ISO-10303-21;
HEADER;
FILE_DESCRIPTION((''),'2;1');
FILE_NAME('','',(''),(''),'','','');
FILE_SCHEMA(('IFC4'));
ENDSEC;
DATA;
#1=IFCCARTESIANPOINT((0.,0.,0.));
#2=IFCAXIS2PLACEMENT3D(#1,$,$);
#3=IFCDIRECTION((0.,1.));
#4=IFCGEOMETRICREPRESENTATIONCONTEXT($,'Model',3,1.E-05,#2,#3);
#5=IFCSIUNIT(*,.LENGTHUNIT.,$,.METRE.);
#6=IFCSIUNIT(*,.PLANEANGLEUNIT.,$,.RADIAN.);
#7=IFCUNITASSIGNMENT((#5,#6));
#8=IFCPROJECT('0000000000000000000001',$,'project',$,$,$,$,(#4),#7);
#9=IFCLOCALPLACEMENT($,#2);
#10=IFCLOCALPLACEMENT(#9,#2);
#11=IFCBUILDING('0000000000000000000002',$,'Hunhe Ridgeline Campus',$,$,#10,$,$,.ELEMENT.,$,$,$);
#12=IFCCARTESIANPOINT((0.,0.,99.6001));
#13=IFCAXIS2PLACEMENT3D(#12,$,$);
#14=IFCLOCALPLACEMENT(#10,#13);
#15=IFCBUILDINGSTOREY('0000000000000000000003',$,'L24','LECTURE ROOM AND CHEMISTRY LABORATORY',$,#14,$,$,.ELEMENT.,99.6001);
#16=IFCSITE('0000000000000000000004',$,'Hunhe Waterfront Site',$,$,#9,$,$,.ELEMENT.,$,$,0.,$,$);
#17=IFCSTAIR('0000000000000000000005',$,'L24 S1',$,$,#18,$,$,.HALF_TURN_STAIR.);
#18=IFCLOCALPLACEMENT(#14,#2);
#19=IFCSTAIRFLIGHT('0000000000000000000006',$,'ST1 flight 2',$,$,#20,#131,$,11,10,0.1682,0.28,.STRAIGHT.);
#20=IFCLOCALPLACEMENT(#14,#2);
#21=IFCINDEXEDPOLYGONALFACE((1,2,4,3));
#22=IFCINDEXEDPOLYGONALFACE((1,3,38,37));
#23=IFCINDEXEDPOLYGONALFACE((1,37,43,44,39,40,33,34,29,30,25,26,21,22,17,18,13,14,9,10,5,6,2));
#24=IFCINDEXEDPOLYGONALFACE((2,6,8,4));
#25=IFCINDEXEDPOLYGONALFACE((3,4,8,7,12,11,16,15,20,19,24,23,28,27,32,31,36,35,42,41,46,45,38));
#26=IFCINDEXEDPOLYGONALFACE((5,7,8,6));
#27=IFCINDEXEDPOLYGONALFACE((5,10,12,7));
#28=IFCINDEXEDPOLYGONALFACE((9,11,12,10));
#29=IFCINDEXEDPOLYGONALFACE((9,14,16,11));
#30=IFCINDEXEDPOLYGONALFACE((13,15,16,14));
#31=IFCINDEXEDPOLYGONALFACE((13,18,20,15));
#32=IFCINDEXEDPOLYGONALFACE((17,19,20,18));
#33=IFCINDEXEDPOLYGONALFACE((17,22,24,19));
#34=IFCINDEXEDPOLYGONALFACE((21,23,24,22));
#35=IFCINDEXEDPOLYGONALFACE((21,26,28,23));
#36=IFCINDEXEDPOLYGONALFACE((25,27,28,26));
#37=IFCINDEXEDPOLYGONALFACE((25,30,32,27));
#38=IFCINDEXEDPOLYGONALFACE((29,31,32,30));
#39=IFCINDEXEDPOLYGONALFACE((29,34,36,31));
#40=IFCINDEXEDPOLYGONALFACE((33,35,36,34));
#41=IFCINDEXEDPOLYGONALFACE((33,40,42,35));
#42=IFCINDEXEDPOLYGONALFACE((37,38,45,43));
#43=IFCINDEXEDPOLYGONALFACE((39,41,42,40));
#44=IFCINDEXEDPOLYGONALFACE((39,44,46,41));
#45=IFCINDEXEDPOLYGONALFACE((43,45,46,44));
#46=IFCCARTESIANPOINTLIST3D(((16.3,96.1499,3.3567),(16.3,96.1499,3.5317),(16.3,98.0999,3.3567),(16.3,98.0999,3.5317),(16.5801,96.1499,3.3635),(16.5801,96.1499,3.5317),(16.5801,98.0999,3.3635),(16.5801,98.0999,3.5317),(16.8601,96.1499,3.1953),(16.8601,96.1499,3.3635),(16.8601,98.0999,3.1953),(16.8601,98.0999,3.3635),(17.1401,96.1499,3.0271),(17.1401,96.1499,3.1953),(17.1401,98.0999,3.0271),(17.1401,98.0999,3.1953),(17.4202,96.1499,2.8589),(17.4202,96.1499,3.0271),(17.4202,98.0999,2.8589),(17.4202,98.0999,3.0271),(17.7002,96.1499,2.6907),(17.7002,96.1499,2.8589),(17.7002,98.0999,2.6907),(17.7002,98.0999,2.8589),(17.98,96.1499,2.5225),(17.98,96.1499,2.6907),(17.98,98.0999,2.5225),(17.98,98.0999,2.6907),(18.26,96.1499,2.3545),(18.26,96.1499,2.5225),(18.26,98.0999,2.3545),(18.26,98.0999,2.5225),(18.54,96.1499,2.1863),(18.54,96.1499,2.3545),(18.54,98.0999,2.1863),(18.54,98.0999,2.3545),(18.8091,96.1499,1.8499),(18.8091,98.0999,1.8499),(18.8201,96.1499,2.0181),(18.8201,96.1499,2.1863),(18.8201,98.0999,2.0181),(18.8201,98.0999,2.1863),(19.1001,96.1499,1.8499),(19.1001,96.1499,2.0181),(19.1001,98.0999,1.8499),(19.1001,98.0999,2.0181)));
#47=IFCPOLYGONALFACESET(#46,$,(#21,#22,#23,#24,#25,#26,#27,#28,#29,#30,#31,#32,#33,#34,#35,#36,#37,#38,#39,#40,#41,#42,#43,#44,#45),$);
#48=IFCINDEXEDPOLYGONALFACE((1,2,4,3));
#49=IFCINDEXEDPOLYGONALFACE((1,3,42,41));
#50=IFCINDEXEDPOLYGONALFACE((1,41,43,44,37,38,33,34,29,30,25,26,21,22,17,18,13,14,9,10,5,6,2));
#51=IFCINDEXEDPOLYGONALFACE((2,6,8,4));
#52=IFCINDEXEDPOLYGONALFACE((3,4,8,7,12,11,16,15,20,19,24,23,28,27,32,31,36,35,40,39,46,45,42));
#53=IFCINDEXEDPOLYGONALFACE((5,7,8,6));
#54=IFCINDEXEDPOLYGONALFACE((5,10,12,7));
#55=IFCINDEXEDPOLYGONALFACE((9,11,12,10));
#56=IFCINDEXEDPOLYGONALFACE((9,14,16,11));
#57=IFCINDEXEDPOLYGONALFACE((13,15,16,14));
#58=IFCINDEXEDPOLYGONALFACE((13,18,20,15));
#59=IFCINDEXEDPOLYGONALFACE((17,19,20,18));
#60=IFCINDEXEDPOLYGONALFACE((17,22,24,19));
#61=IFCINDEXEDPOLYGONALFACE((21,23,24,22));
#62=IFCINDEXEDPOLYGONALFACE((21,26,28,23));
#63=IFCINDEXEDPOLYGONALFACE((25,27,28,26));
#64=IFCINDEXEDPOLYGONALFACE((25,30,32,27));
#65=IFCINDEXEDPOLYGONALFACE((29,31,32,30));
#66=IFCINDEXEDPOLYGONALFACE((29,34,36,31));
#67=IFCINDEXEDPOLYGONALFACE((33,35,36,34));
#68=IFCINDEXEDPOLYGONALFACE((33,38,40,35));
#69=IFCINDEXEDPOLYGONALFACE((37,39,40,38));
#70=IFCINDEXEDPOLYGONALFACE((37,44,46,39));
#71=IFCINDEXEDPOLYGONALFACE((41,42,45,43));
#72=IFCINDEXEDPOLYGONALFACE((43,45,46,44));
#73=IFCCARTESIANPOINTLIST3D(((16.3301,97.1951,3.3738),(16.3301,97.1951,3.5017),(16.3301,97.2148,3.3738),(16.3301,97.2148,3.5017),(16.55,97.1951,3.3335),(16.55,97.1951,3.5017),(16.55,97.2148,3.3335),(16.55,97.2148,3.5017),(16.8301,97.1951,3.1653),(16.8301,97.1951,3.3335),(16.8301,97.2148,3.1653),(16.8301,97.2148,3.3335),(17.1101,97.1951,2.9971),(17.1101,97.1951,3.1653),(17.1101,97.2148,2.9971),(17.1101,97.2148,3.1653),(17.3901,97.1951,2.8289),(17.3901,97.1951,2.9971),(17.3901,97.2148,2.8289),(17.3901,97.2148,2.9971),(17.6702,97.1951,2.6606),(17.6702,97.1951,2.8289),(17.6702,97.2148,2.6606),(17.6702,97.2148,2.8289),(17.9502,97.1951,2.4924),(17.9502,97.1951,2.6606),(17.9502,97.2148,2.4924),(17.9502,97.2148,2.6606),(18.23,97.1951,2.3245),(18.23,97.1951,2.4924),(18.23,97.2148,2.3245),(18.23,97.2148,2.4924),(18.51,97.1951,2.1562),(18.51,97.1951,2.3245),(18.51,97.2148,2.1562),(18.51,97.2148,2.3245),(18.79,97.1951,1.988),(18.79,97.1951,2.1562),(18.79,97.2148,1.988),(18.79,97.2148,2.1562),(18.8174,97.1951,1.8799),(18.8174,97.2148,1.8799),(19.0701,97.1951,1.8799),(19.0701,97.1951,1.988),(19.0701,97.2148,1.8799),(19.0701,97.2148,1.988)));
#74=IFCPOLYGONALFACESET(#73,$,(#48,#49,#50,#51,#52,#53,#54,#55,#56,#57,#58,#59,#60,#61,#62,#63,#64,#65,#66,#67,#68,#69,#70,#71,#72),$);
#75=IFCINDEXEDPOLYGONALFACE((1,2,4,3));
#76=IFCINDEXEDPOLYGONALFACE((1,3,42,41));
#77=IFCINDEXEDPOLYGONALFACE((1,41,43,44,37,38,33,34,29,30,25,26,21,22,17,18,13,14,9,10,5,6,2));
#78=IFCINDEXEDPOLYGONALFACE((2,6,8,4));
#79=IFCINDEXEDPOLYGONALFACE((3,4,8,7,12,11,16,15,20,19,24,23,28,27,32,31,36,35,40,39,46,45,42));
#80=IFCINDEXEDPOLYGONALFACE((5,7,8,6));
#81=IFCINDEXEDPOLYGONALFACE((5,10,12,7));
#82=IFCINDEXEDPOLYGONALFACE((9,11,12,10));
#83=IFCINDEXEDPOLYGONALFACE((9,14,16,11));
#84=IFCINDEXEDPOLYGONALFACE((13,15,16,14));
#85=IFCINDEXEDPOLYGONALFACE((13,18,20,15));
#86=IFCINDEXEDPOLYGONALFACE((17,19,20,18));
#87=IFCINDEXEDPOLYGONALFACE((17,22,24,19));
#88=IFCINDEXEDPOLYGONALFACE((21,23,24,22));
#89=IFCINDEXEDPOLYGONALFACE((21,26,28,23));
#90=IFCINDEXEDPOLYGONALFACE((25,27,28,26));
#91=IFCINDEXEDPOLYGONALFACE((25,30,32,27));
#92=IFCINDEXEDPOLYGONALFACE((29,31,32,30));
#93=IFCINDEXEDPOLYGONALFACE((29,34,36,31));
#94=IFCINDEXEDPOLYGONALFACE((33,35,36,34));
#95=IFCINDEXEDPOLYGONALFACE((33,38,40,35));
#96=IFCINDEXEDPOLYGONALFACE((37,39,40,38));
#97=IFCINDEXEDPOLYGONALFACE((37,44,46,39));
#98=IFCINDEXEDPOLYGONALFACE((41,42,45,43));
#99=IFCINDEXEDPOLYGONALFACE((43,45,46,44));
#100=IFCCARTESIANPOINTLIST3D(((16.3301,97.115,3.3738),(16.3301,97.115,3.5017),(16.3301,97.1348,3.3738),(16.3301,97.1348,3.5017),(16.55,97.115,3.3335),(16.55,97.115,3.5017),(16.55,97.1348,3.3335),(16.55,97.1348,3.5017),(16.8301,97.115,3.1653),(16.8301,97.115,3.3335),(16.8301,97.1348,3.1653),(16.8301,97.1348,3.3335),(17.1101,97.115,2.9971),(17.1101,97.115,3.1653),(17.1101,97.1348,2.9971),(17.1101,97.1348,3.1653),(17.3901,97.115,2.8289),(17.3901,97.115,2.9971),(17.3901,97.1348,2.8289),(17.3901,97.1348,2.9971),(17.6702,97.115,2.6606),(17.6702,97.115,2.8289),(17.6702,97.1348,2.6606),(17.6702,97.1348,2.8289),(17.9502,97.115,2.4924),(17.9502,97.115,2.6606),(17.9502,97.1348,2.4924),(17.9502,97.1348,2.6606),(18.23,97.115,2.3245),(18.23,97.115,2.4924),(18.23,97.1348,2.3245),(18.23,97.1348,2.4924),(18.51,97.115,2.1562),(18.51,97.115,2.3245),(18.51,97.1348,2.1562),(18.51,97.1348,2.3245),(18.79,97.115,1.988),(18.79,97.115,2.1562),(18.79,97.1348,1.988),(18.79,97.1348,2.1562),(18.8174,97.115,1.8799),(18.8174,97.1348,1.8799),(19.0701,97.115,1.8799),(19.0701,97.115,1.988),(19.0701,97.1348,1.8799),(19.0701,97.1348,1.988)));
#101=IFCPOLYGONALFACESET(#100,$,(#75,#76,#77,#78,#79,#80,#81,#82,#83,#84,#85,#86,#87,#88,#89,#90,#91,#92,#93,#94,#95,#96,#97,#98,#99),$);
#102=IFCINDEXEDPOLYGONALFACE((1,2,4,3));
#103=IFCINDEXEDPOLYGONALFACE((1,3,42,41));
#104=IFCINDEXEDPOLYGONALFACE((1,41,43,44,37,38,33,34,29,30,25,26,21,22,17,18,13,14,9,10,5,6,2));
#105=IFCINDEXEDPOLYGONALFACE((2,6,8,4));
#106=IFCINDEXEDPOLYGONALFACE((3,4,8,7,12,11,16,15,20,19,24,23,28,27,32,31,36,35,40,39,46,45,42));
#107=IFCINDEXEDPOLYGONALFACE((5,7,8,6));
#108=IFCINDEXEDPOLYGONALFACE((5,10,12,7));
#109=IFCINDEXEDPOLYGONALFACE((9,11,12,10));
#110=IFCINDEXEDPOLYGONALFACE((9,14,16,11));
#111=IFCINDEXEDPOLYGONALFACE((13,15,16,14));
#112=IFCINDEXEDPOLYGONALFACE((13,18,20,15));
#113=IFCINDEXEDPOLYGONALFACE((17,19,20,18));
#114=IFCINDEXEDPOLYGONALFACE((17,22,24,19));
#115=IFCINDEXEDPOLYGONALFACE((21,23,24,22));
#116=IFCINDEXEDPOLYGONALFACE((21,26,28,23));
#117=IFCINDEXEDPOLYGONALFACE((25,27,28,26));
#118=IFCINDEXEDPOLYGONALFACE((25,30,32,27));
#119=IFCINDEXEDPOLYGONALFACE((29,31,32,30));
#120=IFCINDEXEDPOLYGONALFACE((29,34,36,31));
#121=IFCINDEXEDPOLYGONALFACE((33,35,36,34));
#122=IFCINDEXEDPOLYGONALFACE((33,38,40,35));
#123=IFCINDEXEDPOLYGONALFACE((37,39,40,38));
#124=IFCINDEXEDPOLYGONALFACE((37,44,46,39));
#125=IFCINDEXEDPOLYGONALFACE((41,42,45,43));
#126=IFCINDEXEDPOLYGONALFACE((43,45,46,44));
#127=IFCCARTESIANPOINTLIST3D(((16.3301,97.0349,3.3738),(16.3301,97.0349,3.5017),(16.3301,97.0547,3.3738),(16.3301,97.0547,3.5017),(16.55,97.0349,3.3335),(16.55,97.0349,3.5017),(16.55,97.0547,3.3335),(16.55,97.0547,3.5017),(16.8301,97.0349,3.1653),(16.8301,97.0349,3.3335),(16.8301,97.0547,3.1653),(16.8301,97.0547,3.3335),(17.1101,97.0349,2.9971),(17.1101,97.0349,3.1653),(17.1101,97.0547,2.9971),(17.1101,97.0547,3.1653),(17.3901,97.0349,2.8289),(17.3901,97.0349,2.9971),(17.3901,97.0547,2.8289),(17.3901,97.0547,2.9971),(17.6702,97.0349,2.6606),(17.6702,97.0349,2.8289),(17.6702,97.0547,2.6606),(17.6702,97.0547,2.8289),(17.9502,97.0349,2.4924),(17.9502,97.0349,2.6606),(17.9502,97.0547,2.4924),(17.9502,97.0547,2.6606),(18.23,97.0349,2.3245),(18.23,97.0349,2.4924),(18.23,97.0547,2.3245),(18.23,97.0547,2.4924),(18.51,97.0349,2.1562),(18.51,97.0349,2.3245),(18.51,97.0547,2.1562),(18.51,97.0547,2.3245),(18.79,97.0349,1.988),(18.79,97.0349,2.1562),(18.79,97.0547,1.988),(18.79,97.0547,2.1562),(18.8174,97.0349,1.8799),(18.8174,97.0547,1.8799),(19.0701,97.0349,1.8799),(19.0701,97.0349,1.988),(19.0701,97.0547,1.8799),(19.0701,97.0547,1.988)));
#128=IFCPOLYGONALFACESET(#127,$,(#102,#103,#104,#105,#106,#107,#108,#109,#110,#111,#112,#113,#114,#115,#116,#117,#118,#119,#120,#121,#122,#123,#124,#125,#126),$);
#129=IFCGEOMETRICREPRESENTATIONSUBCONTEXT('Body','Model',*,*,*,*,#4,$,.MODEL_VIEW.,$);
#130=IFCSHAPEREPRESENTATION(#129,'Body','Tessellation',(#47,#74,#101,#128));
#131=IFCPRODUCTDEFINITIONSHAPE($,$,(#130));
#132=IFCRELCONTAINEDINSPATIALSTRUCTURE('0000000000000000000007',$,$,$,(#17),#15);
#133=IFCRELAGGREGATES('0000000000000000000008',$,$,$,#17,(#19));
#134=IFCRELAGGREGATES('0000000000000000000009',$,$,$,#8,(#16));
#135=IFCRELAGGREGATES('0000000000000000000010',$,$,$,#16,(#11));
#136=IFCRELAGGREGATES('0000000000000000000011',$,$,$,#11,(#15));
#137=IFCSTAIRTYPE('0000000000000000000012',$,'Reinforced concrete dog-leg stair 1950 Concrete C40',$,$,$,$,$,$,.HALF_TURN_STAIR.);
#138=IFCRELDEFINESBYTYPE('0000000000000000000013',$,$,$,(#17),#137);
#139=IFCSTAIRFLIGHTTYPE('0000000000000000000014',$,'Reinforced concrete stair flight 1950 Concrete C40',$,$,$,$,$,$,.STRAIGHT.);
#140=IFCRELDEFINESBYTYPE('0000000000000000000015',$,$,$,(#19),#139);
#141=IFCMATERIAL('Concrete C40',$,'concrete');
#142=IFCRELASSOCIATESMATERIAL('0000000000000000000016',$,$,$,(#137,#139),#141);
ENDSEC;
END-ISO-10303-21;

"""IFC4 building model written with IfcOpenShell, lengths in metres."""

from ifc_helpers import new_model, si_unit, direction, frame, origin, place, context, subcontext, project, spatial, polyline, outline, extrude, material, type_object, element, aggregate, save


model = new_model("IFC4")

# Units and contexts
model_context = context("Model", 3, precision=1e-05, world=origin(), true_north=direction((0.0, 1.0)))
body_context = subcontext(model_context, "Body", "Model", "MODEL_VIEW")
ifc_project = project(units=[si_unit("LENGTHUNIT", "METRE"), si_unit("PLANEANGLEUNIT", "RADIAN")], contexts=[model_context])

# Site, building, storey
site_placement = place(None, origin())
site = spatial("IfcSite", under=ifc_project, at=site_placement, Name="Hunhe Waterfront Site", CompositionType="ELEMENT", RefElevation=0.0)
building_placement = place(site_placement, origin())
building = spatial("IfcBuilding", under=site, at=building_placement, Name="Hunhe Ridgeline Campus", CompositionType="ELEMENT")
storey_placement = place(building_placement, frame((0.0, 0.0, 99.6001)))
storey = spatial("IfcBuildingStorey", under=building, at=storey_placement, Name="L24", Description="LECTURE ROOM AND CHEMISTRY LABORATORY", CompositionType="ELEMENT", Elevation=99.6001)

# Stair, stair flight
ifc_material_1 = material(Name="Concrete C40", Category="concrete")
stair_type = type_object("IfcStairType", Name="Reinforced concrete dog-leg stair 1950 Concrete C40", PredefinedType="HALF_TURN_STAIR", material=ifc_material_1)
stair_placement = place(storey_placement, origin())
stair = element("IfcStair", 1, at=stair_placement, inside=storey, type_object=stair_type, Name="L24 S1", PredefinedType="HALF_TURN_STAIR")
stair_flight_type = type_object("IfcStairFlightType", Name="Reinforced concrete stair flight 1950 Concrete C40", PredefinedType="STRAIGHT", material=ifc_material_1)
stair_flight_1_placement = place(storey_placement, frame((19.1001, 97.125, 1.8499), z_axis=(0.0, 0.0, 1.0), x_axis=(-1.0, 0.0, 0.0)))
stair_flight_1 = element("IfcStairFlight", 2, at=stair_flight_1_placement, type_object=stair_flight_type, Name="ST1 flight 2", NumberOfRisers=11, NumberOfTreads=10, PredefinedType="STRAIGHT", RiserHeight=0.1682, TreadLength=0.28, context=body_context, shape_type="SweptSolid", body=[
    extrude(outline(polyline([(0.0, 0.0), (0.0, 0.1682), (0.28, 0.1682), (0.28, 0.3364), (0.5601, 0.3364), (0.5601, 0.5046), (0.8401, 0.5046), (0.8401, 0.6726), (1.1201, 0.6726), (1.1201, 0.8408), (1.3999, 0.8408), (1.3999, 1.009), (1.6799, 1.009), (1.6799, 1.1772), (1.96, 1.1772), (1.96, 1.3455), (2.24, 1.3455), (2.24, 1.5137), (2.52, 1.5137), (2.52, 1.6819), (2.8, 1.6819), (2.8, 1.8501), (2.8, 1.5068), (0.291, 0.0), (0.0, 0.0)])), frame((0.0, 0.9751, 0.0), z_axis=(0.0, -1.0, 0.0), x_axis=(1.0, 0.0, 0.0)), (0.0, 0.0, 1.0), 1.95),
    extrude(outline(polyline([(0.03, 0.03), (0.03, 0.1382), (0.3101, 0.1382), (0.3101, 0.3064), (0.5901, 0.3064), (0.5901, 0.4746), (0.8701, 0.4746), (0.8701, 0.6426), (1.1499, 0.6426), (1.1499, 0.8108), (1.4299, 0.8108), (1.4299, 0.979), (1.71, 0.979), (1.71, 1.1472), (1.99, 1.1472), (1.99, 1.3154), (2.27, 1.3154), (2.27, 1.4836), (2.55, 1.4836), (2.55, 1.6519), (2.77, 1.6519), (2.77, 1.5239), (0.2827, 0.03), (0.03, 0.03)])), frame((0.0, -0.0701, 0.0), z_axis=(0.0, -1.0, 0.0), x_axis=(1.0, 0.0, 0.0)), (0.0, 0.0, 1.0), 0.0198),
    extrude(outline(polyline([(0.03, 0.03), (0.03, 0.1382), (0.3101, 0.1382), (0.3101, 0.3064), (0.5901, 0.3064), (0.5901, 0.4746), (0.8701, 0.4746), (0.8701, 0.6426), (1.1499, 0.6426), (1.1499, 0.8108), (1.4299, 0.8108), (1.4299, 0.979), (1.71, 0.979), (1.71, 1.1472), (1.99, 1.1472), (1.99, 1.3154), (2.27, 1.3154), (2.27, 1.4836), (2.55, 1.4836), (2.55, 1.6519), (2.77, 1.6519), (2.77, 1.5239), (0.2827, 0.03), (0.03, 0.03)])), frame((0.0, 0.01, 0.0), z_axis=(0.0, -1.0, 0.0), x_axis=(1.0, 0.0, 0.0)), (0.0, 0.0, 1.0), 0.0198),
    extrude(outline(polyline([(0.03, 0.03), (0.03, 0.1382), (0.3101, 0.1382), (0.3101, 0.3064), (0.5901, 0.3064), (0.5901, 0.4746), (0.8701, 0.4746), (0.8701, 0.6426), (1.1499, 0.6426), (1.1499, 0.8108), (1.4299, 0.8108), (1.4299, 0.979), (1.71, 0.979), (1.71, 1.1472), (1.99, 1.1472), (1.99, 1.3154), (2.27, 1.3154), (2.27, 1.4836), (2.55, 1.4836), (2.55, 1.6519), (2.77, 1.6519), (2.77, 1.5239), (0.2827, 0.03), (0.03, 0.03)])), frame((0.0, 0.0901, 0.0), z_axis=(0.0, -1.0, 0.0), x_axis=(1.0, 0.0, 0.0)), (0.0, 0.0, 1.0), 0.0198),
])
aggregate(stair, [stair_flight_1])

save(model, "model.ifc")
